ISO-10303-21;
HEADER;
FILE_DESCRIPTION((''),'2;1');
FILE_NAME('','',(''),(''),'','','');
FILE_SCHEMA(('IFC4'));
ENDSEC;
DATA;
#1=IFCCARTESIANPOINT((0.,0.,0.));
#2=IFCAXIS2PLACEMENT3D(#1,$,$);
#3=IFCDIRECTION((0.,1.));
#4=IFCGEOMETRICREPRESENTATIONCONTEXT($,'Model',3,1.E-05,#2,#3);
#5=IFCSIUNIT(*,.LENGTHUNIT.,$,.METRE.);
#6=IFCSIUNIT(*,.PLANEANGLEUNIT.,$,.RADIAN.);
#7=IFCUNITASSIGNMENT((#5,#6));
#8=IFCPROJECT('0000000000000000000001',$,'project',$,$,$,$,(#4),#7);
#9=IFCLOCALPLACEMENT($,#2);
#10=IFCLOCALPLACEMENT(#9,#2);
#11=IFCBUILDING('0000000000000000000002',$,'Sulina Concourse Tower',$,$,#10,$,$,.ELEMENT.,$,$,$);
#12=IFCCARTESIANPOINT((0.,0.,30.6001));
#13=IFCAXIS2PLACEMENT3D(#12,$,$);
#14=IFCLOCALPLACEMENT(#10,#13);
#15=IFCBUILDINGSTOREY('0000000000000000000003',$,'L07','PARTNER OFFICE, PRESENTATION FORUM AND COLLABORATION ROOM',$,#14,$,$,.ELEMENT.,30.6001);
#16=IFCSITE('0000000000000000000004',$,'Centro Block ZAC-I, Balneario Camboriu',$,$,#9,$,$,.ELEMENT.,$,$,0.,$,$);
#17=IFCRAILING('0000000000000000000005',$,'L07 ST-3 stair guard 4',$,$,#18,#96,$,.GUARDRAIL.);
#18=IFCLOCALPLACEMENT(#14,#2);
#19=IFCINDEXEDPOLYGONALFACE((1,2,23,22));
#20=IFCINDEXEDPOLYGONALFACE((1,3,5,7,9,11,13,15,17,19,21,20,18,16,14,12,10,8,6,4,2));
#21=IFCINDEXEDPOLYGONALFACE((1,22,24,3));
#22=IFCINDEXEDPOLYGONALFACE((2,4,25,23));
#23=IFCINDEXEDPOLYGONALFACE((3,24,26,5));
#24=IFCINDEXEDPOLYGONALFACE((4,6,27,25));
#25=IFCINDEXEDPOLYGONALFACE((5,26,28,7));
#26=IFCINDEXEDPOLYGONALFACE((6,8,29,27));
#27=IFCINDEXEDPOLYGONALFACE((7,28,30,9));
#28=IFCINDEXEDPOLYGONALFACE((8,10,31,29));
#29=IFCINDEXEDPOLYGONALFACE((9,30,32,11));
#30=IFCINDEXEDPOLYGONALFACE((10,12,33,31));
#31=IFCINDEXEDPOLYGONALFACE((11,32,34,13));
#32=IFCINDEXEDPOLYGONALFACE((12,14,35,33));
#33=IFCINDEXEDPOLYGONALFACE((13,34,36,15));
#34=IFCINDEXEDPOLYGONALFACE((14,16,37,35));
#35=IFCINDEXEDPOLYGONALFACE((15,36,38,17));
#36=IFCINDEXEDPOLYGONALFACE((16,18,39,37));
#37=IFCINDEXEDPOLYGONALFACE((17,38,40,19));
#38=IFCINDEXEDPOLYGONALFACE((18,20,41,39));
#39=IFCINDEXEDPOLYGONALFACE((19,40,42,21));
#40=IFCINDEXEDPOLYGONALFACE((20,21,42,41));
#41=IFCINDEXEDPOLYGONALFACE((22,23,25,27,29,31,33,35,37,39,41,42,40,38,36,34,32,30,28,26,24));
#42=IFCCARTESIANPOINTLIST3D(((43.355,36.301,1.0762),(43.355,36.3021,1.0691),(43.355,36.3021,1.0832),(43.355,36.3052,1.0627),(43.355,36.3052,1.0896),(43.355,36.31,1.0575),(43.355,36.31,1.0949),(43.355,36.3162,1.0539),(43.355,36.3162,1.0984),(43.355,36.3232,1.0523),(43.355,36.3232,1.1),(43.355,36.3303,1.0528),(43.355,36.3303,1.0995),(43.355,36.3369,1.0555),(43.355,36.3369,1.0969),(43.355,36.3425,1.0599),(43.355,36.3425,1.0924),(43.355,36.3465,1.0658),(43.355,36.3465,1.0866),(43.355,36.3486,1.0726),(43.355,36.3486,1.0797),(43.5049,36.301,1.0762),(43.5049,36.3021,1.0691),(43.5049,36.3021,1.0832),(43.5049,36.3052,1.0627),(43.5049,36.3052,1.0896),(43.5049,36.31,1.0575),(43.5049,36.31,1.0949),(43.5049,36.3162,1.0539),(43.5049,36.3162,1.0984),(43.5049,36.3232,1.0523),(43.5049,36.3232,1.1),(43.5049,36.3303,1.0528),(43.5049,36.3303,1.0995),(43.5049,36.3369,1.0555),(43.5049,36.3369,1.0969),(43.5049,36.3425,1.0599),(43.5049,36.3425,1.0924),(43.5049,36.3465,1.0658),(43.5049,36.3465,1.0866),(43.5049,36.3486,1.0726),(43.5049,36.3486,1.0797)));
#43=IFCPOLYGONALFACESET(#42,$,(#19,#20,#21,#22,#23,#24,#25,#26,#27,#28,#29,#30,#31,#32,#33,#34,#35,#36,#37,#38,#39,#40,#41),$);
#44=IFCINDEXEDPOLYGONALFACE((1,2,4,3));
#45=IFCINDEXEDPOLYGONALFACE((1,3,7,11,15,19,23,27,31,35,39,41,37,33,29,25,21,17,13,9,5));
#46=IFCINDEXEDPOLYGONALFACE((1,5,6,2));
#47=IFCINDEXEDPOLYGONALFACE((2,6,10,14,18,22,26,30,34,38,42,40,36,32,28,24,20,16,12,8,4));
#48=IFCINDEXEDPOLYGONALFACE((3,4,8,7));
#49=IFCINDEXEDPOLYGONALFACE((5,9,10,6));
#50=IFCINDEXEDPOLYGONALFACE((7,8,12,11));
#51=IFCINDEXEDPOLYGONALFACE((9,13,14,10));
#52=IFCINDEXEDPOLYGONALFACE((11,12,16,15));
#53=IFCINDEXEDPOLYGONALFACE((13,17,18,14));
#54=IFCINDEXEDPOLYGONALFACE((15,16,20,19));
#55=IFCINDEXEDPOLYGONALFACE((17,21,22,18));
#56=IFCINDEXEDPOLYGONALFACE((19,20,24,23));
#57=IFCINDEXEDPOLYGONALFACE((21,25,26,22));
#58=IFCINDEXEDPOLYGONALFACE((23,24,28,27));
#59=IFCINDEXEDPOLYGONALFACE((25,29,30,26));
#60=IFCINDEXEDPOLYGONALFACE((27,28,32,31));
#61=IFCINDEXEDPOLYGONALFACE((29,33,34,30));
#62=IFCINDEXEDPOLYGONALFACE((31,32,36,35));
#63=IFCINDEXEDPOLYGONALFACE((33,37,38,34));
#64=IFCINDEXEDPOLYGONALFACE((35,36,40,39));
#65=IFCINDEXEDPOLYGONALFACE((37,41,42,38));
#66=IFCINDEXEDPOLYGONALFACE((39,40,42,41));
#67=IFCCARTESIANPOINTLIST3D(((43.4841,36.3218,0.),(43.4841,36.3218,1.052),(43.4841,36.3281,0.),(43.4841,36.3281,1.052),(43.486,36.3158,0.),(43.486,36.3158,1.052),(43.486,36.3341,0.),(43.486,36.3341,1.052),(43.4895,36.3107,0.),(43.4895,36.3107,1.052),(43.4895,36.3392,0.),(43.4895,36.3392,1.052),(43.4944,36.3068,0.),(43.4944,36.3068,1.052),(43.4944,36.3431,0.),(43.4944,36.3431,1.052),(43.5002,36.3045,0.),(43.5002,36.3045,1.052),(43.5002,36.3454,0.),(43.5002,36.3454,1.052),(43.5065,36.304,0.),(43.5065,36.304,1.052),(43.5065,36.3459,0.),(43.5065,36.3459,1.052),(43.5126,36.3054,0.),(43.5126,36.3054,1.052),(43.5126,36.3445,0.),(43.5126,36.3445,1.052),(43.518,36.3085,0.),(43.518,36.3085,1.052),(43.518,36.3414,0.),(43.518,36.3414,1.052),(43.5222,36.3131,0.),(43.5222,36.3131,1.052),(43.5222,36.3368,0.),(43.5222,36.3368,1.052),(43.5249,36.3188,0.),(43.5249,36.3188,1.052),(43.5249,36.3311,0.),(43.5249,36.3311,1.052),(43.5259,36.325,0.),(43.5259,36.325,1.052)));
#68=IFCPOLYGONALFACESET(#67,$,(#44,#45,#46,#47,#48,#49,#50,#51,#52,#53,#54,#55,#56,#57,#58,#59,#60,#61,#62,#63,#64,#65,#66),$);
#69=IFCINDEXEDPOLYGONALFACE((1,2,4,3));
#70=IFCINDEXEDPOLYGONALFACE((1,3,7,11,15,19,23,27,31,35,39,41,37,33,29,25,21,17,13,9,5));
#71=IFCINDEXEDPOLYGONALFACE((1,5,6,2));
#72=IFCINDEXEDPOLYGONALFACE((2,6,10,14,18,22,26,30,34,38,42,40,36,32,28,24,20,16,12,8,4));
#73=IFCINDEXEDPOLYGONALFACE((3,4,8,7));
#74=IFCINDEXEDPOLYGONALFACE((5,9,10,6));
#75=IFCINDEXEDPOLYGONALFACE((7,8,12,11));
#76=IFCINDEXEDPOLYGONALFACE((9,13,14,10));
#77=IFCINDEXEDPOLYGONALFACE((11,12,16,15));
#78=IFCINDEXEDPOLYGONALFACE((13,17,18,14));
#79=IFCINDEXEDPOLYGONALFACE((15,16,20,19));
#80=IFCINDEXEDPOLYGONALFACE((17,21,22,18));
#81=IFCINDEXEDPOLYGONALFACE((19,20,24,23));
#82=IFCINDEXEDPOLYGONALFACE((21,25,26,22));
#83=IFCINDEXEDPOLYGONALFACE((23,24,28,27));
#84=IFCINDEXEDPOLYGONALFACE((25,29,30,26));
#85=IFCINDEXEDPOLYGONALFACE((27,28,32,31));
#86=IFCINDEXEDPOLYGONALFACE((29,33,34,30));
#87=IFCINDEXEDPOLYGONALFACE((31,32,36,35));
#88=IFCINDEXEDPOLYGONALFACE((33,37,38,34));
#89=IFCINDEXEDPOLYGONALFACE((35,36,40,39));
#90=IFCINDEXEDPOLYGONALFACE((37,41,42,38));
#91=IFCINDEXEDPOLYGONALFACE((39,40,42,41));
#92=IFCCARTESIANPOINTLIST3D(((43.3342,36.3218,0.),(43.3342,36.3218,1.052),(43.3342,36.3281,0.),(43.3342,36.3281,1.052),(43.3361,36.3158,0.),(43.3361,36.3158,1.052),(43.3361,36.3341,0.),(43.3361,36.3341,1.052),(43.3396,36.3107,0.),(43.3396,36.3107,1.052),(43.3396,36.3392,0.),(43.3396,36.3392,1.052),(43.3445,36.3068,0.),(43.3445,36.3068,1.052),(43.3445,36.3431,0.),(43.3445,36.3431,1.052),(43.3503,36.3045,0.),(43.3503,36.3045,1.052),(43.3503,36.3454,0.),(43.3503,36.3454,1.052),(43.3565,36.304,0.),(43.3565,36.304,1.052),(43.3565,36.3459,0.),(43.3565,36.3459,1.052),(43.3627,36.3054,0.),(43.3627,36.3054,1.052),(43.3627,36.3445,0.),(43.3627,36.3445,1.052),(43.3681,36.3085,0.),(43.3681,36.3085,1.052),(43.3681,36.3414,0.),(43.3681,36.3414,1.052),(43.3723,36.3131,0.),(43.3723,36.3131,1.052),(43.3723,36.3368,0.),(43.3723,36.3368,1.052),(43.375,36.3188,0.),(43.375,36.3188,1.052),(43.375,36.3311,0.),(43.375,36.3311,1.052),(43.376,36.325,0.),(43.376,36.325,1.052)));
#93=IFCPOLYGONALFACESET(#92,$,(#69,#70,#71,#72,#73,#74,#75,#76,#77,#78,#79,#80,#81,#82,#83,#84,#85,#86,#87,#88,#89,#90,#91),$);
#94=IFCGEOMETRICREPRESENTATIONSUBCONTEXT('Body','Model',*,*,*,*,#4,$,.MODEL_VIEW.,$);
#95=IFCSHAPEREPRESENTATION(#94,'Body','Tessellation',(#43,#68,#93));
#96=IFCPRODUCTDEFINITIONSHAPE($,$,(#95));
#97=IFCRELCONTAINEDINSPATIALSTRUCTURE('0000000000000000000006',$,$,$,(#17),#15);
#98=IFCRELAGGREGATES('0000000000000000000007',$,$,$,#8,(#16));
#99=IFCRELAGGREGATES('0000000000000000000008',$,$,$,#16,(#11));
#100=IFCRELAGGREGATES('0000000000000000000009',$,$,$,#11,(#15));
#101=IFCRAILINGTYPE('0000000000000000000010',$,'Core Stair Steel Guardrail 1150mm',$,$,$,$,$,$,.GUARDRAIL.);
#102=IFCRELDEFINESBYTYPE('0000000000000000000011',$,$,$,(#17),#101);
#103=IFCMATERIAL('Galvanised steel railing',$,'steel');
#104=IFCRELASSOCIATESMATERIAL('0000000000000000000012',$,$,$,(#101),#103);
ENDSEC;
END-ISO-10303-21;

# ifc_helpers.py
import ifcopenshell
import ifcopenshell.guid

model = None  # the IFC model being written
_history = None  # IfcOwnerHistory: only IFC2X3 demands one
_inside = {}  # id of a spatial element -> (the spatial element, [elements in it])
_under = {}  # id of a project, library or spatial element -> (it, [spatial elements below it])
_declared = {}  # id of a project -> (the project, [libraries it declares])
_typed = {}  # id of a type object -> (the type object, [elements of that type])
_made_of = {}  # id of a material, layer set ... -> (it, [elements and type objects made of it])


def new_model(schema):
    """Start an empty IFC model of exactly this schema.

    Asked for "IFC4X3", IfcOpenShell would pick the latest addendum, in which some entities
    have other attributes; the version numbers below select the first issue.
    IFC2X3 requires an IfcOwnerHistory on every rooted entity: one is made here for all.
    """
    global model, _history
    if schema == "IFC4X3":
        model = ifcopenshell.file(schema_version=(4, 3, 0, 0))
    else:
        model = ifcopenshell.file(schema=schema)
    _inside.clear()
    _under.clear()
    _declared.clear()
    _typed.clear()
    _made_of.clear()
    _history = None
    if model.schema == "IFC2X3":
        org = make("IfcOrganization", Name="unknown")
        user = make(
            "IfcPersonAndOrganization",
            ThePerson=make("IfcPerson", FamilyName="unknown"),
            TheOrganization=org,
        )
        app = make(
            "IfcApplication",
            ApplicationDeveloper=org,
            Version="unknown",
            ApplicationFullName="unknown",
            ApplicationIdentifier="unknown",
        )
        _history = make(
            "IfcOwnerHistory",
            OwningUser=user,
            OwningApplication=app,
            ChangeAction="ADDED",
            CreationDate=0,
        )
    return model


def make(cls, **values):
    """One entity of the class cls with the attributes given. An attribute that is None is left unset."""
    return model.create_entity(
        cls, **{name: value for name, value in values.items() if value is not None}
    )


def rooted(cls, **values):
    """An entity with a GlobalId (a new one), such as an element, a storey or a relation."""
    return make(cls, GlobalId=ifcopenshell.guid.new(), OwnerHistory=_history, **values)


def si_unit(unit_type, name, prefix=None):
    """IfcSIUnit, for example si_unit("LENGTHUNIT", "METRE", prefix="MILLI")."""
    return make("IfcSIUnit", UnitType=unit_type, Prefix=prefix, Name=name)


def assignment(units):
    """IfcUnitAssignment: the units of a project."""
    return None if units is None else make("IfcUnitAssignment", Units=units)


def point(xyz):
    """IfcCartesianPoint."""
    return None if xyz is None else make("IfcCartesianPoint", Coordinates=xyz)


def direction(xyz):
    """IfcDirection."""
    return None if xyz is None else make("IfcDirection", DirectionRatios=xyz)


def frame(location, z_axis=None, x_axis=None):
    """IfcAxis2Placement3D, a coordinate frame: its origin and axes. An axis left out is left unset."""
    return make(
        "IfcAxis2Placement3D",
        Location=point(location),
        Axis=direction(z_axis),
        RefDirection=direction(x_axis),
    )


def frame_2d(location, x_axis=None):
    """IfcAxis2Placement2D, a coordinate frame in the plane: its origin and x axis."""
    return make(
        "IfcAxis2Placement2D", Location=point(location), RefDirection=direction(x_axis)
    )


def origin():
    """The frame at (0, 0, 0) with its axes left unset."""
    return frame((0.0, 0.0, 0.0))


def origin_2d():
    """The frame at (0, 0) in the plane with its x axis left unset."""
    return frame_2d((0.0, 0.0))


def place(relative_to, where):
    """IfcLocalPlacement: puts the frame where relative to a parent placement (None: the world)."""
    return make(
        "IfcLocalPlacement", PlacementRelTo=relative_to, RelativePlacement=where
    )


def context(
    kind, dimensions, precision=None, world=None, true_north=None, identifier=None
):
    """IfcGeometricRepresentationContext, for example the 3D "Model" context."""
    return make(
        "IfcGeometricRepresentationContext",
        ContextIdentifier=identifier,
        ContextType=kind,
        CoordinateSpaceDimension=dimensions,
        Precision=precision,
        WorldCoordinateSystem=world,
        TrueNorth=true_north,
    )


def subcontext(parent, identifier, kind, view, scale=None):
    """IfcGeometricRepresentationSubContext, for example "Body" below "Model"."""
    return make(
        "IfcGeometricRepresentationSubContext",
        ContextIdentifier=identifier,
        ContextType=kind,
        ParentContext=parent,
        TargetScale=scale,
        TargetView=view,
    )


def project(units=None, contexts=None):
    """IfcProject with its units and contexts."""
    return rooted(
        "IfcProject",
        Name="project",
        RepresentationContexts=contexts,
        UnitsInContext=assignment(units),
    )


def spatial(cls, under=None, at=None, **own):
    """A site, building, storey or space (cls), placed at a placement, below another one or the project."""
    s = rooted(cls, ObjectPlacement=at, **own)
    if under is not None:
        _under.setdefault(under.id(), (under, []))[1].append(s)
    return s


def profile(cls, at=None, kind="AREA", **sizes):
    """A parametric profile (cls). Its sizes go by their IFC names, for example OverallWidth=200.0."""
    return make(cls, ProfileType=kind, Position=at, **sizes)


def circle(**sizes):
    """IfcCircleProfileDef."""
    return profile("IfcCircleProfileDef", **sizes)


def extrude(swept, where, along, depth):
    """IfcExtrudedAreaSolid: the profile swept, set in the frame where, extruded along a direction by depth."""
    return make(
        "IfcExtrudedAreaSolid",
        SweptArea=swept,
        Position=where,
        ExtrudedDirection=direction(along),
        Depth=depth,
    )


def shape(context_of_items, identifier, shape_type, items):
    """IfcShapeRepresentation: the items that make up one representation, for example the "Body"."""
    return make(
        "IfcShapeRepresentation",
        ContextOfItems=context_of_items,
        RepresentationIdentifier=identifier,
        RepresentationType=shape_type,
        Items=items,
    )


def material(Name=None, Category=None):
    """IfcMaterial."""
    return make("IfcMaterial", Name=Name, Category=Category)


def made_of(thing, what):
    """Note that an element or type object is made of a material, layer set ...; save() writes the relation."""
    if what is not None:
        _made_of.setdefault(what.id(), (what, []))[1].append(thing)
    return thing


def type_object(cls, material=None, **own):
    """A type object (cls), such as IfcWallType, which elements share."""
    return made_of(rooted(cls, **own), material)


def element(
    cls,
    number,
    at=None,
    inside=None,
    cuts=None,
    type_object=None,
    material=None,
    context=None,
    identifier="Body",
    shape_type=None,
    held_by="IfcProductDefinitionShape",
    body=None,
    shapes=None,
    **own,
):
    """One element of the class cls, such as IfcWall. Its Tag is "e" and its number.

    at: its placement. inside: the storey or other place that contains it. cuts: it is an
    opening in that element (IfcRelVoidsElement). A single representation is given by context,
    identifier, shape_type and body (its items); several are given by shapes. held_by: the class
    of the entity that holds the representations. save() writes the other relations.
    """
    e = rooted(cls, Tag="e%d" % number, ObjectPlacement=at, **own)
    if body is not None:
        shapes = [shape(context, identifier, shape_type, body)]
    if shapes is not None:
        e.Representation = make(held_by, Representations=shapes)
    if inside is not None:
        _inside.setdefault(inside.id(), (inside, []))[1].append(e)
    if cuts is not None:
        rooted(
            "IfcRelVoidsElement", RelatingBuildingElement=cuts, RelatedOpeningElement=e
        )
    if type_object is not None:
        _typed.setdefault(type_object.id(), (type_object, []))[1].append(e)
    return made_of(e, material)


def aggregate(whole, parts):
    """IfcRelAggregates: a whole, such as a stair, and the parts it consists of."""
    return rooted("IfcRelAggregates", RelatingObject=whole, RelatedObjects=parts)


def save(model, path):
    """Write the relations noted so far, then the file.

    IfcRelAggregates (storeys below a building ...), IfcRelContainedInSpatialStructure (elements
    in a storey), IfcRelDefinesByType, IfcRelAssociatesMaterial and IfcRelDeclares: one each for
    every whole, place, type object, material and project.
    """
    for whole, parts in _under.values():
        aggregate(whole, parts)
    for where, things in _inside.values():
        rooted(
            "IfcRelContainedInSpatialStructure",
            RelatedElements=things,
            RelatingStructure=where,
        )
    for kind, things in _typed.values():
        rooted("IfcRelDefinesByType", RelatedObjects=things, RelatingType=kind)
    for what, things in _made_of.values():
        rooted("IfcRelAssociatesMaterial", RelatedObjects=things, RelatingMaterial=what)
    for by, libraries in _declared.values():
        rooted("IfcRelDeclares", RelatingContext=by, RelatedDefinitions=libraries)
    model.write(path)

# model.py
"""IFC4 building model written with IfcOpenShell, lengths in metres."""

from ifc_helpers import new_model, si_unit, direction, frame, origin, origin_2d, place, context, subcontext, project, spatial, circle, extrude, material, type_object, element, save


model = new_model("IFC4")

# Units and contexts
model_context = context("Model", 3, precision=1e-05, world=origin(), true_north=direction((0.0, 1.0)))
body_context = subcontext(model_context, "Body", "Model", "MODEL_VIEW")
ifc_project = project(units=[si_unit("LENGTHUNIT", "METRE"), si_unit("PLANEANGLEUNIT", "RADIAN")], contexts=[model_context])

# Site, building, storey
site_placement = place(None, origin())
site = spatial("IfcSite", under=ifc_project, at=site_placement, Name="Centro Block ZAC-I, Balneario Camboriu", CompositionType="ELEMENT", RefElevation=0.0)
building_placement = place(site_placement, origin())
building = spatial("IfcBuilding", under=site, at=building_placement, Name="Sulina Concourse Tower", CompositionType="ELEMENT")
storey_placement = place(building_placement, frame((0.0, 0.0, 30.6001)))
storey = spatial("IfcBuildingStorey", under=building, at=storey_placement, Name="L07", Description="PARTNER OFFICE, PRESENTATION FORUM AND COLLABORATION ROOM", CompositionType="ELEMENT", Elevation=30.6001)

# Railing
ifc_material_1 = material(Name="Galvanised steel railing", Category="steel")
railing_type_1 = type_object("IfcRailingType", Name="Core Stair Steel Guardrail 1150mm", PredefinedType="GUARDRAIL", material=ifc_material_1)
railing_1_placement = place(storey_placement, frame((43.5049, 36.325, 0.0)))
element("IfcRailing", 1, at=railing_1_placement, inside=storey, type_object=railing_type_1, Name="L07 ST-3 stair guard 4", PredefinedType="GUARDRAIL", context=body_context, shape_type="SweptSolid", body=[
    extrude(circle(Radius=0.0239, at=origin_2d()), frame((0.0, 0.0, 1.0762), z_axis=(-1.0, 0.0, 0.0), x_axis=(0.0, -1.0, 0.0)), (0.0, 0.0, 1.0), 0.1499),
    extrude(circle(Radius=0.021, at=origin_2d()), origin(), (0.0, 0.0, 1.0), 1.052),
    extrude(circle(Radius=0.021, at=origin_2d()), frame((-0.1499, 0.0, 0.0)), (0.0, 0.0, 1.0), 1.052),
])

save(model, "model.ifc")
